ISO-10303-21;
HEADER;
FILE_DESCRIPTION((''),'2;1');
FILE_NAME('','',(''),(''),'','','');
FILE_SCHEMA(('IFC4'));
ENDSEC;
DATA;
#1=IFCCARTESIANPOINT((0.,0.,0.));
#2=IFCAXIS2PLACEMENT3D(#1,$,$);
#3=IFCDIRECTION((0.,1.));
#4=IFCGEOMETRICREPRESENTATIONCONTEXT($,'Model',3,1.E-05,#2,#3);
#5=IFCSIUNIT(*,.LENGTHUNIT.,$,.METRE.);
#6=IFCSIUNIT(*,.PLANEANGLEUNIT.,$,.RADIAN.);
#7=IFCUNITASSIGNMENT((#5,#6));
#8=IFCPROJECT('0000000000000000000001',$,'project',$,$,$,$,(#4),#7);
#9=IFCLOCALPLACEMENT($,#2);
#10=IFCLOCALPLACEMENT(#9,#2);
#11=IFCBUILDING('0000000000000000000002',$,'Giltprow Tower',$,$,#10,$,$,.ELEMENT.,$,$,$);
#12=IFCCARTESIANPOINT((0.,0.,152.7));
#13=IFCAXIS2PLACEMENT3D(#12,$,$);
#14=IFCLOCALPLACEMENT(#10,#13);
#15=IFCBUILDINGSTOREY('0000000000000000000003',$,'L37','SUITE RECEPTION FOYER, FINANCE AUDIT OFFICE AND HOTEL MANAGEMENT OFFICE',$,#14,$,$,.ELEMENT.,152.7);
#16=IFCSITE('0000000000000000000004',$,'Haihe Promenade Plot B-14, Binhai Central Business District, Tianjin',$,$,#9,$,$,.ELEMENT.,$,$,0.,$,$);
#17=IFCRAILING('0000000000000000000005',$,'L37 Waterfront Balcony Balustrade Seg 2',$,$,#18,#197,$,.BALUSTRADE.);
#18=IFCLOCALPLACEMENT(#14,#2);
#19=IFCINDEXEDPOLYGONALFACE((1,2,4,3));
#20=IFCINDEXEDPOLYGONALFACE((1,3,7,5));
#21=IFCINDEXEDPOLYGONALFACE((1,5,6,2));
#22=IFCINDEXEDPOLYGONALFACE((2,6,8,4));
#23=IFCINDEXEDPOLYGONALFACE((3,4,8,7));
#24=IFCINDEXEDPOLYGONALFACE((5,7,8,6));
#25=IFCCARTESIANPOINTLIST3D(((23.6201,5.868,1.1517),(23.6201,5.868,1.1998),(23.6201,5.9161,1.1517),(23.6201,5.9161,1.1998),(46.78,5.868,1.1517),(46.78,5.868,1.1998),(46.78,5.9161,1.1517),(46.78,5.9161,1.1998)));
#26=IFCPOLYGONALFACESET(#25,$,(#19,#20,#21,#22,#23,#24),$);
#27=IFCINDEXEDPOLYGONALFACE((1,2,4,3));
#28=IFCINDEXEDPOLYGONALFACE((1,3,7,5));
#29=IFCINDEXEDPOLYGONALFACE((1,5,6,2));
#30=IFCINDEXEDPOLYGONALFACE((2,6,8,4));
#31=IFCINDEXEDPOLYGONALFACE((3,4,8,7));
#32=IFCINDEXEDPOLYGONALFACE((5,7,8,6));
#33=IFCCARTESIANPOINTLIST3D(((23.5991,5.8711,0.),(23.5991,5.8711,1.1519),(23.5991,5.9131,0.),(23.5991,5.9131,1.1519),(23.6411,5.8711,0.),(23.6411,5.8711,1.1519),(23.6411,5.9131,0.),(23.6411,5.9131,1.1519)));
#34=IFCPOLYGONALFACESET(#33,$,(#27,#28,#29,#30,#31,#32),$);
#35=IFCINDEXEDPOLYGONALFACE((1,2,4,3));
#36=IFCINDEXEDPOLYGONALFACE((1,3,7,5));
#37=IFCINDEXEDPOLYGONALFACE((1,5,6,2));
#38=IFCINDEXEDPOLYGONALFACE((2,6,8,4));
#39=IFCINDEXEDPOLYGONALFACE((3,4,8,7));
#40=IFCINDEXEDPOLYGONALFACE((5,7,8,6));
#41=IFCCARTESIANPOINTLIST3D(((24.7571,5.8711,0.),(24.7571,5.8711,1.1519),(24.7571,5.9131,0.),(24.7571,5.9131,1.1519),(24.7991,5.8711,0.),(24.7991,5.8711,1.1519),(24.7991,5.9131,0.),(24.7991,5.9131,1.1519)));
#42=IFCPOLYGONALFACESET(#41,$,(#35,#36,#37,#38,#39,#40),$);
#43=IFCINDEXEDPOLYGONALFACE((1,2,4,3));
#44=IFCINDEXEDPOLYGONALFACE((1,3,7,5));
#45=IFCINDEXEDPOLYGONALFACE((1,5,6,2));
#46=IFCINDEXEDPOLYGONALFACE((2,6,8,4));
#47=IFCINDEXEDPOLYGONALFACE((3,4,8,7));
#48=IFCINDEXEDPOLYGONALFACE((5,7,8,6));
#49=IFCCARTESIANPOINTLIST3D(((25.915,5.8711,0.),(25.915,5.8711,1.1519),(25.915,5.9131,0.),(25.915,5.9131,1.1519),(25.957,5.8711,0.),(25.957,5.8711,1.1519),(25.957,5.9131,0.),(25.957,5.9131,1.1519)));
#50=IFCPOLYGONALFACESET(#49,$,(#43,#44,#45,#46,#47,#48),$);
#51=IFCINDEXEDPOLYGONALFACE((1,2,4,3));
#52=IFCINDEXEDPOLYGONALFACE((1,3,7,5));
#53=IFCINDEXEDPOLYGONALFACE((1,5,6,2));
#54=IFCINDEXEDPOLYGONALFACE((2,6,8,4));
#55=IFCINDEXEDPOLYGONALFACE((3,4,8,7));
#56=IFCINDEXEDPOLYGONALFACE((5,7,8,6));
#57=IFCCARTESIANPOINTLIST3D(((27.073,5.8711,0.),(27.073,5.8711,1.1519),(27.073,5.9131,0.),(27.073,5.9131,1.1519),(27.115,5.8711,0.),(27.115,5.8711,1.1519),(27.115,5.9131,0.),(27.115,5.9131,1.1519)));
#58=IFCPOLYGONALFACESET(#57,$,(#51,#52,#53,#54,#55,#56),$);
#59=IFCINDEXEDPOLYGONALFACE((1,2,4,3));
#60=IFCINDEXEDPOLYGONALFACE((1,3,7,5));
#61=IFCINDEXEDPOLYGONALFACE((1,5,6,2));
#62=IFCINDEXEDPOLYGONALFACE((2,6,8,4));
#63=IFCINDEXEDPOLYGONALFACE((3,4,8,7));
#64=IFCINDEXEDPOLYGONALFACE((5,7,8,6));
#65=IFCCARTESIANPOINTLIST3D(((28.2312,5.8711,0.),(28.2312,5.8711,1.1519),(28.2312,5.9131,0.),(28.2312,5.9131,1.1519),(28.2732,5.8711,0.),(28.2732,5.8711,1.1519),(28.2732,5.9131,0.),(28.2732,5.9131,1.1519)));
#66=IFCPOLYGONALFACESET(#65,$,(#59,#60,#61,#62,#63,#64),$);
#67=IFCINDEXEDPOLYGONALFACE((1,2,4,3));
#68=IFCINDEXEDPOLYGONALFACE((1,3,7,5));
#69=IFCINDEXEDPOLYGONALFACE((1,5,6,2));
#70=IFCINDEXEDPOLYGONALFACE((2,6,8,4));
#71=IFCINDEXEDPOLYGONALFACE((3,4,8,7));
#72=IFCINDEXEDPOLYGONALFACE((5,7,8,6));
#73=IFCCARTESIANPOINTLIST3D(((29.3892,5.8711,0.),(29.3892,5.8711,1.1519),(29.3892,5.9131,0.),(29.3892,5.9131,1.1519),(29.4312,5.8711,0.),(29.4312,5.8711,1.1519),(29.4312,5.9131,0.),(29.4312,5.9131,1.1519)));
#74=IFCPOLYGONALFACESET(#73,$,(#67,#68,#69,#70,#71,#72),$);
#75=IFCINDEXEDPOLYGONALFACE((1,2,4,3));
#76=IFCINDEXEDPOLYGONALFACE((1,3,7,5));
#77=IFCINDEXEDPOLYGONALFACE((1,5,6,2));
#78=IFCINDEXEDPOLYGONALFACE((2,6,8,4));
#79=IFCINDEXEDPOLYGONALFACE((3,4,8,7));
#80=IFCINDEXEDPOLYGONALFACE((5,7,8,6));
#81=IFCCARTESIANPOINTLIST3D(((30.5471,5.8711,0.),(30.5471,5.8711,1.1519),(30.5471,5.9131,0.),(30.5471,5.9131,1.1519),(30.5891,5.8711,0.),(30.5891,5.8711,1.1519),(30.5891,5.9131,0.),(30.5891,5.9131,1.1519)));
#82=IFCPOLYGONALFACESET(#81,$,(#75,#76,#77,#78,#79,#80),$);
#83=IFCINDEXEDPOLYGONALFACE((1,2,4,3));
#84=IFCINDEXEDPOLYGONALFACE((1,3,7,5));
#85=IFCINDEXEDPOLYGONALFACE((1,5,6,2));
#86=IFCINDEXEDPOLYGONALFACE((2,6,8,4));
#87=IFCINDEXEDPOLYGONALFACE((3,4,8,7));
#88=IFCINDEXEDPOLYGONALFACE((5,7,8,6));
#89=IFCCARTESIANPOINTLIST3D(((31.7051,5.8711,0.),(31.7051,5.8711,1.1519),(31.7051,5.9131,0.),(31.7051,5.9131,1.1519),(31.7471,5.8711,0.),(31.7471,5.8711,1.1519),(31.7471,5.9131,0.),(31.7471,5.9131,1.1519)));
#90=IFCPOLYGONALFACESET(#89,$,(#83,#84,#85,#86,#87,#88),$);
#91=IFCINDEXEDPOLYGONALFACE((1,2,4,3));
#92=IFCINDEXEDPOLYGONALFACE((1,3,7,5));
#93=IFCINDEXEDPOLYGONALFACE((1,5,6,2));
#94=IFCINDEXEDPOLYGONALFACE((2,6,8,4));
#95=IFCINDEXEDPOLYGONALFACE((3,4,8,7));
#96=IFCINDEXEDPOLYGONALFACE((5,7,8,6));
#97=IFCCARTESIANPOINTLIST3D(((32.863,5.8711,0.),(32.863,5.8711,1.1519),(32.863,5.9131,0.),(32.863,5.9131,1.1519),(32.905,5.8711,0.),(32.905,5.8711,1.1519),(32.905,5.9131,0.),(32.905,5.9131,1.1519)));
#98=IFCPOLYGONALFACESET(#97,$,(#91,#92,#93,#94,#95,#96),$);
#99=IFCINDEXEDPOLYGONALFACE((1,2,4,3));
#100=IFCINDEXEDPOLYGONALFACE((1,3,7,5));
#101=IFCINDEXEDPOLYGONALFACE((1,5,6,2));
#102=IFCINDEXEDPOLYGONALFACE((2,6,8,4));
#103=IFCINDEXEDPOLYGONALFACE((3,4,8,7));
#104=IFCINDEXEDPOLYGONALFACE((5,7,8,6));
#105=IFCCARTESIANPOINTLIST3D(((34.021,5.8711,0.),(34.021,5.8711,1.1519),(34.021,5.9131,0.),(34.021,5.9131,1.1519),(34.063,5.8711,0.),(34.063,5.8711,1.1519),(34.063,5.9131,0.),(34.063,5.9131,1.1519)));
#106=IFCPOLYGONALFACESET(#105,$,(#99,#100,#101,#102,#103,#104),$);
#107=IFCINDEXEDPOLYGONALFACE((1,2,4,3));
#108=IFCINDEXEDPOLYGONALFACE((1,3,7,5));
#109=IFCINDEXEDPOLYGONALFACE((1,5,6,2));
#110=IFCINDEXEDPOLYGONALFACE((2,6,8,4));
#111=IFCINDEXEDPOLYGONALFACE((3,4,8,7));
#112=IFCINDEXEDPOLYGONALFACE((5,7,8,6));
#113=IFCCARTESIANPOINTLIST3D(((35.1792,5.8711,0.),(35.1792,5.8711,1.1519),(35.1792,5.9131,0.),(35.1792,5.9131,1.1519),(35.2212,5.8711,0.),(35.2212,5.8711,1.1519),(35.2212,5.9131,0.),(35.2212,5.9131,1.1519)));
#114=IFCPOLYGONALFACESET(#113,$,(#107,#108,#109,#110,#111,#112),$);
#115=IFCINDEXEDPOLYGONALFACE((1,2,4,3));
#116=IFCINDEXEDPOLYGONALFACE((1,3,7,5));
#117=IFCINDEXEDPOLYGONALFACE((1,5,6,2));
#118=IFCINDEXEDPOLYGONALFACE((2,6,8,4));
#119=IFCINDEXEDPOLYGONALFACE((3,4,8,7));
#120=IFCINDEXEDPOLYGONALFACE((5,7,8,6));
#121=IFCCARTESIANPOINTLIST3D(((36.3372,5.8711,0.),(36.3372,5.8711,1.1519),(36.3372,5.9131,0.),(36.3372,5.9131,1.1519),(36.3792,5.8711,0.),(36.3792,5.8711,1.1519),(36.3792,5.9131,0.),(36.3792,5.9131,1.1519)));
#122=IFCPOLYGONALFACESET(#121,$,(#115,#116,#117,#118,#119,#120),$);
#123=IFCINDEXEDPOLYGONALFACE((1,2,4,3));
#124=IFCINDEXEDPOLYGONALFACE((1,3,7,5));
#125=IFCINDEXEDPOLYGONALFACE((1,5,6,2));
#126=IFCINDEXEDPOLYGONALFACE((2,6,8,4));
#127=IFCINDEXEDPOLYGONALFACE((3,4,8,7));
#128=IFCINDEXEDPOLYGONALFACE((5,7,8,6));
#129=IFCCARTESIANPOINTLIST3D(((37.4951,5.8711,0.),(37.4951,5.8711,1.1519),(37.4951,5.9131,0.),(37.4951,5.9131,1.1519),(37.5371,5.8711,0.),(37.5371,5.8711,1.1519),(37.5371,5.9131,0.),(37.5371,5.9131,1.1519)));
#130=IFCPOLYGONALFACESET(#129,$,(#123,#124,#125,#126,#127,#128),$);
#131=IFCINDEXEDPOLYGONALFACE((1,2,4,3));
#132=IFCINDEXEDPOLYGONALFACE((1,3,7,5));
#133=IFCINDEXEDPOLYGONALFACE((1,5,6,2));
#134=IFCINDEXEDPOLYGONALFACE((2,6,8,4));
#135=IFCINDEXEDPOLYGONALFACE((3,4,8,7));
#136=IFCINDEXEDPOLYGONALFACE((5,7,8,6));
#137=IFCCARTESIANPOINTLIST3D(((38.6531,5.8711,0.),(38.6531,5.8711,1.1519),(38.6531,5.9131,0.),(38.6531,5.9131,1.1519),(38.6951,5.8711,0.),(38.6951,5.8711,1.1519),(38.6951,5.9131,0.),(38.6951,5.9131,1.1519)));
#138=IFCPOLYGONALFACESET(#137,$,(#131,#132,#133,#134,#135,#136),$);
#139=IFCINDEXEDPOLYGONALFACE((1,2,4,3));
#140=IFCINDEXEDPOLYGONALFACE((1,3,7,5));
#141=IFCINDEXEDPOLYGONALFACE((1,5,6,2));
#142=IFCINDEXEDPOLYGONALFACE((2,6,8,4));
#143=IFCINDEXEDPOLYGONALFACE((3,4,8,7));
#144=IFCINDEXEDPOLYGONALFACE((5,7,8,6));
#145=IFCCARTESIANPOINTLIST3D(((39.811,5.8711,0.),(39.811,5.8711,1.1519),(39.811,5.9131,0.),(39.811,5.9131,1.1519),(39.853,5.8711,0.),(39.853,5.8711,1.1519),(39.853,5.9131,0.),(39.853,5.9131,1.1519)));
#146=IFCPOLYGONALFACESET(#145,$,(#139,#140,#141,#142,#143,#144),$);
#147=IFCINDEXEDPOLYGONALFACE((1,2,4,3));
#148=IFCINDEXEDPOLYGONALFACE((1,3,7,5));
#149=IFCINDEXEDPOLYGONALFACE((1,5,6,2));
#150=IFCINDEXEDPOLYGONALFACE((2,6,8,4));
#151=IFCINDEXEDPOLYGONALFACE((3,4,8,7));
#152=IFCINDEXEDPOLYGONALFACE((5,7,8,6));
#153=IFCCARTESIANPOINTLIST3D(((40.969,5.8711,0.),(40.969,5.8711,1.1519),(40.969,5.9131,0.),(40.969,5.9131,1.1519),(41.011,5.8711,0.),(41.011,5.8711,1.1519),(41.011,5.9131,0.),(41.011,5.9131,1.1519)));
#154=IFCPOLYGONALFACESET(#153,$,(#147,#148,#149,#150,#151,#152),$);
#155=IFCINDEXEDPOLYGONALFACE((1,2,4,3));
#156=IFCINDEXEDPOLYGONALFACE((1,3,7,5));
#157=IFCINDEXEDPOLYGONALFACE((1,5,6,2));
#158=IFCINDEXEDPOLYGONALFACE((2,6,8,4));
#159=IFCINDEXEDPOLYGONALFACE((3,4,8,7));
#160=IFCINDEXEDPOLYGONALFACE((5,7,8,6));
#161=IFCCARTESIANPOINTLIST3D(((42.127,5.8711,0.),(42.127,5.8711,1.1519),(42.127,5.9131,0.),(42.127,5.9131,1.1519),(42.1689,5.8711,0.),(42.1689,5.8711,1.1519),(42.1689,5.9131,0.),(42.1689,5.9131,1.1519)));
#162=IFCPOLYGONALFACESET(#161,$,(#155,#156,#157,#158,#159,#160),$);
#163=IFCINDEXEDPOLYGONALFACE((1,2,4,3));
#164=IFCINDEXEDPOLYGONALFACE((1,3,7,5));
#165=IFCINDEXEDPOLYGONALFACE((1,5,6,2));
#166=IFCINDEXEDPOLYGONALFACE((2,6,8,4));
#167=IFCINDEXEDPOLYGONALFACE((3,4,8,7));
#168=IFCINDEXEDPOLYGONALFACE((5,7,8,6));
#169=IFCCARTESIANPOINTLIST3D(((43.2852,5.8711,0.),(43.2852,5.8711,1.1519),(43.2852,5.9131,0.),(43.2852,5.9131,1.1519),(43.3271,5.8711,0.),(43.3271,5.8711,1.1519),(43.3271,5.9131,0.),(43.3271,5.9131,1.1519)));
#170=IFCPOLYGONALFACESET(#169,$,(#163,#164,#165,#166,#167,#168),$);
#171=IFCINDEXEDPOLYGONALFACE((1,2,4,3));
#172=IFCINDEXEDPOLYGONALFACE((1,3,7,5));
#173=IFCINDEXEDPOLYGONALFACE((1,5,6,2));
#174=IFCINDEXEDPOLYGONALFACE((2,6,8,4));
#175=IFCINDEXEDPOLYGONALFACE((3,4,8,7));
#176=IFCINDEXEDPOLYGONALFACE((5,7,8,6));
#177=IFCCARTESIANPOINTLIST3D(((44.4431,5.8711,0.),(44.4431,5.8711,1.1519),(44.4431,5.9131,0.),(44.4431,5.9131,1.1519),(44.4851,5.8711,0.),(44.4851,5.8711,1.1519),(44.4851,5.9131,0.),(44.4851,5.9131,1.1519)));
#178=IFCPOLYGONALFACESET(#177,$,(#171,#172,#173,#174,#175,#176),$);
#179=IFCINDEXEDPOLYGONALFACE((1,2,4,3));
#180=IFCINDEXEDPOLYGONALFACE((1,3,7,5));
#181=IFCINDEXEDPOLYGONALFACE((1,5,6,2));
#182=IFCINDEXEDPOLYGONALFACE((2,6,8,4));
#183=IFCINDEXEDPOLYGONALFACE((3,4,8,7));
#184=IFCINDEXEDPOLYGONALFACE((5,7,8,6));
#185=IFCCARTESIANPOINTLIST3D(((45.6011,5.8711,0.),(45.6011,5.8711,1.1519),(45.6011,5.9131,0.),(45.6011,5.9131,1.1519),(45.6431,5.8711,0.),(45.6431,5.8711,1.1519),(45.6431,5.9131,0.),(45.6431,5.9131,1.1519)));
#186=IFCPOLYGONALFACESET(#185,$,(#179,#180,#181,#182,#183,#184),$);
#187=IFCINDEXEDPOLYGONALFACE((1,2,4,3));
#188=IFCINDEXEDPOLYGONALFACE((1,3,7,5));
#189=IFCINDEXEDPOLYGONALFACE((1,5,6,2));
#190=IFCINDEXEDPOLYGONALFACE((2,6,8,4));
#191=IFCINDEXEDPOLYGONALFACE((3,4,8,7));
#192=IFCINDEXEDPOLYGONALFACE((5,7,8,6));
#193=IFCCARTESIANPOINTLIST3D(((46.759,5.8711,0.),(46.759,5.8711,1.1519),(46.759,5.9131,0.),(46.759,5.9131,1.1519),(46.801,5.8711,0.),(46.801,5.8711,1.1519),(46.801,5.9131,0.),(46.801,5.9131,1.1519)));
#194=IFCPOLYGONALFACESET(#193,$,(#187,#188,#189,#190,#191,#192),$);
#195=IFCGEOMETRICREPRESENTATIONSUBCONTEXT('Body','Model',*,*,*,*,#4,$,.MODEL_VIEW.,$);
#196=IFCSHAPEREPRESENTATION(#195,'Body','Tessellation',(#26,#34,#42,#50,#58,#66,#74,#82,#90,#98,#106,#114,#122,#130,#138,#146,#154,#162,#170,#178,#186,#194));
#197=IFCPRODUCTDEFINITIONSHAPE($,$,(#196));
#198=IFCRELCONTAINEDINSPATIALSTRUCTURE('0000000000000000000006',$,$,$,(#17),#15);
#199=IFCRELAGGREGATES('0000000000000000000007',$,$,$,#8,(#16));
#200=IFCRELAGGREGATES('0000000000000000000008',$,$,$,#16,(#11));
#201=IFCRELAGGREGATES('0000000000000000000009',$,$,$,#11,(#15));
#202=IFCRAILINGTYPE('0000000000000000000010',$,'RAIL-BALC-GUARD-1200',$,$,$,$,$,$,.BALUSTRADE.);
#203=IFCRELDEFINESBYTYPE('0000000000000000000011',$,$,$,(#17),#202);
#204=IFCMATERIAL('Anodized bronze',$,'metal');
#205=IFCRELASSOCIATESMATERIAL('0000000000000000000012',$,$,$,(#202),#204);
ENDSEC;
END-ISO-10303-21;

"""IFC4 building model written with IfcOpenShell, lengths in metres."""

from ifc_helpers import new_model, si_unit, direction, frame, origin, origin_2d, place, context, subcontext, project, spatial, rectangle, extrude, material, type_object, element, save


model = new_model("IFC4")

# Units and contexts
model_context = context("Model", 3, precision=1e-05, world=origin(), true_north=direction((0.0, 1.0)))
body_context = subcontext(model_context, "Body", "Model", "MODEL_VIEW")
ifc_project = project(units=[si_unit("LENGTHUNIT", "METRE"), si_unit("PLANEANGLEUNIT", "RADIAN")], contexts=[model_context])

# Site, building, storey
site_placement = place(None, origin())
site = spatial("IfcSite", under=ifc_project, at=site_placement, Name="Haihe Promenade Plot B-14, Binhai Central Business District, Tianjin", CompositionType="ELEMENT", RefElevation=0.0)
building_placement = place(site_placement, origin())
building = spatial("IfcBuilding", under=site, at=building_placement, Name="Giltprow Tower", CompositionType="ELEMENT")
storey_placement = place(building_placement, frame((0.0, 0.0, 152.7)))
storey = spatial("IfcBuildingStorey", under=building, at=storey_placement, Name="L37", Description="SUITE RECEPTION FOYER, FINANCE AUDIT OFFICE AND HOTEL MANAGEMENT OFFICE", CompositionType="ELEMENT", Elevation=152.7)

# Railing
ifc_material_1 = material(Name="Anodized bronze", Category="metal")
railing_type = type_object("IfcRailingType", Name="RAIL-BALC-GUARD-1200", PredefinedType="BALUSTRADE", material=ifc_material_1)
railing_1_placement = place(storey_placement, frame((23.6201, 5.8921, 0.0)))
element("IfcRailing", 1, at=railing_1_placement, inside=storey, type_object=railing_type, Name="L37 Waterfront Balcony Balustrade Seg 2", PredefinedType="BALUSTRADE", context=body_context, shape_type="SweptSolid", body=[
    extrude(rectangle(XDim=0.0481, YDim=0.0481, at=origin_2d()), frame((0.0, 0.0, 1.1758), z_axis=(1.0, 0.0, 0.0), x_axis=(0.0, 1.0, 0.0)), (0.0, 0.0, 1.0), 23.1599),
    extrude(rectangle(XDim=0.042, YDim=0.042, at=origin_2d()), origin(), (0.0, 0.0, 1.0), 1.1519),
    extrude(rectangle(XDim=0.042, YDim=0.042, at=origin_2d()), frame((1.158, 0.0, 0.0)), (0.0, 0.0, 1.0), 1.1519),
    extrude(rectangle(XDim=0.042, YDim=0.042, at=origin_2d()), frame((2.3159, 0.0, 0.0)), (0.0, 0.0, 1.0), 1.1519),
    extrude(rectangle(XDim=0.042, YDim=0.042, at=origin_2d()), frame((3.4739, 0.0, 0.0)), (0.0, 0.0, 1.0), 1.1519),
    extrude(rectangle(XDim=0.042, YDim=0.042, at=origin_2d()), frame((4.6321, 0.0, 0.0)), (0.0, 0.0, 1.0), 1.1519),
    extrude(rectangle(XDim=0.042, YDim=0.042, at=origin_2d()), frame((5.79, 0.0, 0.0)), (0.0, 0.0, 1.0), 1.1519),
    extrude(rectangle(XDim=0.042, YDim=0.042, at=origin_2d()), frame((6.948, 0.0, 0.0)), (0.0, 0.0, 1.0), 1.1519),
    extrude(rectangle(XDim=0.042, YDim=0.042, at=origin_2d()), frame((8.106, 0.0, 0.0)), (0.0, 0.0, 1.0), 1.1519),
    extrude(rectangle(XDim=0.042, YDim=0.042, at=origin_2d()), frame((9.2639, 0.0, 0.0)), (0.0, 0.0, 1.0), 1.1519),
    extrude(rectangle(XDim=0.042, YDim=0.042, at=origin_2d()), frame((10.4219, 0.0, 0.0)), (0.0, 0.0, 1.0), 1.1519),
    extrude(rectangle(XDim=0.042, YDim=0.042, at=origin_2d()), frame((11.5801, 0.0, 0.0)), (0.0, 0.0, 1.0), 1.1519),
    extrude(rectangle(XDim=0.042, YDim=0.042, at=origin_2d()), frame((12.738, 0.0, 0.0)), (0.0, 0.0, 1.0), 1.1519),
    extrude(rectangle(XDim=0.042, YDim=0.042, at=origin_2d()), frame((13.896, 0.0, 0.0)), (0.0, 0.0, 1.0), 1.1519),
    extrude(rectangle(XDim=0.042, YDim=0.042, at=origin_2d()), frame((15.054, 0.0, 0.0)), (0.0, 0.0, 1.0), 1.1519),
    extrude(rectangle(XDim=0.042, YDim=0.042, at=origin_2d()), frame((16.2119, 0.0, 0.0)), (0.0, 0.0, 1.0), 1.1519),
    extrude(rectangle(XDim=0.042, YDim=0.042, at=origin_2d()), frame((17.3699, 0.0, 0.0)), (0.0, 0.0, 1.0), 1.1519),
    extrude(rectangle(XDim=0.042, YDim=0.042, at=origin_2d()), frame((18.5278, 0.0, 0.0)), (0.0, 0.0, 1.0), 1.1519),
    extrude(rectangle(XDim=0.042, YDim=0.042, at=origin_2d()), frame((19.686, 0.0, 0.0)), (0.0, 0.0, 1.0), 1.1519),
    extrude(rectangle(XDim=0.042, YDim=0.042, at=origin_2d()), frame((20.844, 0.0, 0.0)), (0.0, 0.0, 1.0), 1.1519),
    extrude(rectangle(XDim=0.042, YDim=0.042, at=origin_2d()), frame((22.002, 0.0, 0.0)), (0.0, 0.0, 1.0), 1.1519),
    extrude(rectangle(XDim=0.042, YDim=0.042, at=origin_2d()), frame((23.1599, 0.0, 0.0)), (0.0, 0.0, 1.0), 1.1519),
])

save(model, "model.ifc")
